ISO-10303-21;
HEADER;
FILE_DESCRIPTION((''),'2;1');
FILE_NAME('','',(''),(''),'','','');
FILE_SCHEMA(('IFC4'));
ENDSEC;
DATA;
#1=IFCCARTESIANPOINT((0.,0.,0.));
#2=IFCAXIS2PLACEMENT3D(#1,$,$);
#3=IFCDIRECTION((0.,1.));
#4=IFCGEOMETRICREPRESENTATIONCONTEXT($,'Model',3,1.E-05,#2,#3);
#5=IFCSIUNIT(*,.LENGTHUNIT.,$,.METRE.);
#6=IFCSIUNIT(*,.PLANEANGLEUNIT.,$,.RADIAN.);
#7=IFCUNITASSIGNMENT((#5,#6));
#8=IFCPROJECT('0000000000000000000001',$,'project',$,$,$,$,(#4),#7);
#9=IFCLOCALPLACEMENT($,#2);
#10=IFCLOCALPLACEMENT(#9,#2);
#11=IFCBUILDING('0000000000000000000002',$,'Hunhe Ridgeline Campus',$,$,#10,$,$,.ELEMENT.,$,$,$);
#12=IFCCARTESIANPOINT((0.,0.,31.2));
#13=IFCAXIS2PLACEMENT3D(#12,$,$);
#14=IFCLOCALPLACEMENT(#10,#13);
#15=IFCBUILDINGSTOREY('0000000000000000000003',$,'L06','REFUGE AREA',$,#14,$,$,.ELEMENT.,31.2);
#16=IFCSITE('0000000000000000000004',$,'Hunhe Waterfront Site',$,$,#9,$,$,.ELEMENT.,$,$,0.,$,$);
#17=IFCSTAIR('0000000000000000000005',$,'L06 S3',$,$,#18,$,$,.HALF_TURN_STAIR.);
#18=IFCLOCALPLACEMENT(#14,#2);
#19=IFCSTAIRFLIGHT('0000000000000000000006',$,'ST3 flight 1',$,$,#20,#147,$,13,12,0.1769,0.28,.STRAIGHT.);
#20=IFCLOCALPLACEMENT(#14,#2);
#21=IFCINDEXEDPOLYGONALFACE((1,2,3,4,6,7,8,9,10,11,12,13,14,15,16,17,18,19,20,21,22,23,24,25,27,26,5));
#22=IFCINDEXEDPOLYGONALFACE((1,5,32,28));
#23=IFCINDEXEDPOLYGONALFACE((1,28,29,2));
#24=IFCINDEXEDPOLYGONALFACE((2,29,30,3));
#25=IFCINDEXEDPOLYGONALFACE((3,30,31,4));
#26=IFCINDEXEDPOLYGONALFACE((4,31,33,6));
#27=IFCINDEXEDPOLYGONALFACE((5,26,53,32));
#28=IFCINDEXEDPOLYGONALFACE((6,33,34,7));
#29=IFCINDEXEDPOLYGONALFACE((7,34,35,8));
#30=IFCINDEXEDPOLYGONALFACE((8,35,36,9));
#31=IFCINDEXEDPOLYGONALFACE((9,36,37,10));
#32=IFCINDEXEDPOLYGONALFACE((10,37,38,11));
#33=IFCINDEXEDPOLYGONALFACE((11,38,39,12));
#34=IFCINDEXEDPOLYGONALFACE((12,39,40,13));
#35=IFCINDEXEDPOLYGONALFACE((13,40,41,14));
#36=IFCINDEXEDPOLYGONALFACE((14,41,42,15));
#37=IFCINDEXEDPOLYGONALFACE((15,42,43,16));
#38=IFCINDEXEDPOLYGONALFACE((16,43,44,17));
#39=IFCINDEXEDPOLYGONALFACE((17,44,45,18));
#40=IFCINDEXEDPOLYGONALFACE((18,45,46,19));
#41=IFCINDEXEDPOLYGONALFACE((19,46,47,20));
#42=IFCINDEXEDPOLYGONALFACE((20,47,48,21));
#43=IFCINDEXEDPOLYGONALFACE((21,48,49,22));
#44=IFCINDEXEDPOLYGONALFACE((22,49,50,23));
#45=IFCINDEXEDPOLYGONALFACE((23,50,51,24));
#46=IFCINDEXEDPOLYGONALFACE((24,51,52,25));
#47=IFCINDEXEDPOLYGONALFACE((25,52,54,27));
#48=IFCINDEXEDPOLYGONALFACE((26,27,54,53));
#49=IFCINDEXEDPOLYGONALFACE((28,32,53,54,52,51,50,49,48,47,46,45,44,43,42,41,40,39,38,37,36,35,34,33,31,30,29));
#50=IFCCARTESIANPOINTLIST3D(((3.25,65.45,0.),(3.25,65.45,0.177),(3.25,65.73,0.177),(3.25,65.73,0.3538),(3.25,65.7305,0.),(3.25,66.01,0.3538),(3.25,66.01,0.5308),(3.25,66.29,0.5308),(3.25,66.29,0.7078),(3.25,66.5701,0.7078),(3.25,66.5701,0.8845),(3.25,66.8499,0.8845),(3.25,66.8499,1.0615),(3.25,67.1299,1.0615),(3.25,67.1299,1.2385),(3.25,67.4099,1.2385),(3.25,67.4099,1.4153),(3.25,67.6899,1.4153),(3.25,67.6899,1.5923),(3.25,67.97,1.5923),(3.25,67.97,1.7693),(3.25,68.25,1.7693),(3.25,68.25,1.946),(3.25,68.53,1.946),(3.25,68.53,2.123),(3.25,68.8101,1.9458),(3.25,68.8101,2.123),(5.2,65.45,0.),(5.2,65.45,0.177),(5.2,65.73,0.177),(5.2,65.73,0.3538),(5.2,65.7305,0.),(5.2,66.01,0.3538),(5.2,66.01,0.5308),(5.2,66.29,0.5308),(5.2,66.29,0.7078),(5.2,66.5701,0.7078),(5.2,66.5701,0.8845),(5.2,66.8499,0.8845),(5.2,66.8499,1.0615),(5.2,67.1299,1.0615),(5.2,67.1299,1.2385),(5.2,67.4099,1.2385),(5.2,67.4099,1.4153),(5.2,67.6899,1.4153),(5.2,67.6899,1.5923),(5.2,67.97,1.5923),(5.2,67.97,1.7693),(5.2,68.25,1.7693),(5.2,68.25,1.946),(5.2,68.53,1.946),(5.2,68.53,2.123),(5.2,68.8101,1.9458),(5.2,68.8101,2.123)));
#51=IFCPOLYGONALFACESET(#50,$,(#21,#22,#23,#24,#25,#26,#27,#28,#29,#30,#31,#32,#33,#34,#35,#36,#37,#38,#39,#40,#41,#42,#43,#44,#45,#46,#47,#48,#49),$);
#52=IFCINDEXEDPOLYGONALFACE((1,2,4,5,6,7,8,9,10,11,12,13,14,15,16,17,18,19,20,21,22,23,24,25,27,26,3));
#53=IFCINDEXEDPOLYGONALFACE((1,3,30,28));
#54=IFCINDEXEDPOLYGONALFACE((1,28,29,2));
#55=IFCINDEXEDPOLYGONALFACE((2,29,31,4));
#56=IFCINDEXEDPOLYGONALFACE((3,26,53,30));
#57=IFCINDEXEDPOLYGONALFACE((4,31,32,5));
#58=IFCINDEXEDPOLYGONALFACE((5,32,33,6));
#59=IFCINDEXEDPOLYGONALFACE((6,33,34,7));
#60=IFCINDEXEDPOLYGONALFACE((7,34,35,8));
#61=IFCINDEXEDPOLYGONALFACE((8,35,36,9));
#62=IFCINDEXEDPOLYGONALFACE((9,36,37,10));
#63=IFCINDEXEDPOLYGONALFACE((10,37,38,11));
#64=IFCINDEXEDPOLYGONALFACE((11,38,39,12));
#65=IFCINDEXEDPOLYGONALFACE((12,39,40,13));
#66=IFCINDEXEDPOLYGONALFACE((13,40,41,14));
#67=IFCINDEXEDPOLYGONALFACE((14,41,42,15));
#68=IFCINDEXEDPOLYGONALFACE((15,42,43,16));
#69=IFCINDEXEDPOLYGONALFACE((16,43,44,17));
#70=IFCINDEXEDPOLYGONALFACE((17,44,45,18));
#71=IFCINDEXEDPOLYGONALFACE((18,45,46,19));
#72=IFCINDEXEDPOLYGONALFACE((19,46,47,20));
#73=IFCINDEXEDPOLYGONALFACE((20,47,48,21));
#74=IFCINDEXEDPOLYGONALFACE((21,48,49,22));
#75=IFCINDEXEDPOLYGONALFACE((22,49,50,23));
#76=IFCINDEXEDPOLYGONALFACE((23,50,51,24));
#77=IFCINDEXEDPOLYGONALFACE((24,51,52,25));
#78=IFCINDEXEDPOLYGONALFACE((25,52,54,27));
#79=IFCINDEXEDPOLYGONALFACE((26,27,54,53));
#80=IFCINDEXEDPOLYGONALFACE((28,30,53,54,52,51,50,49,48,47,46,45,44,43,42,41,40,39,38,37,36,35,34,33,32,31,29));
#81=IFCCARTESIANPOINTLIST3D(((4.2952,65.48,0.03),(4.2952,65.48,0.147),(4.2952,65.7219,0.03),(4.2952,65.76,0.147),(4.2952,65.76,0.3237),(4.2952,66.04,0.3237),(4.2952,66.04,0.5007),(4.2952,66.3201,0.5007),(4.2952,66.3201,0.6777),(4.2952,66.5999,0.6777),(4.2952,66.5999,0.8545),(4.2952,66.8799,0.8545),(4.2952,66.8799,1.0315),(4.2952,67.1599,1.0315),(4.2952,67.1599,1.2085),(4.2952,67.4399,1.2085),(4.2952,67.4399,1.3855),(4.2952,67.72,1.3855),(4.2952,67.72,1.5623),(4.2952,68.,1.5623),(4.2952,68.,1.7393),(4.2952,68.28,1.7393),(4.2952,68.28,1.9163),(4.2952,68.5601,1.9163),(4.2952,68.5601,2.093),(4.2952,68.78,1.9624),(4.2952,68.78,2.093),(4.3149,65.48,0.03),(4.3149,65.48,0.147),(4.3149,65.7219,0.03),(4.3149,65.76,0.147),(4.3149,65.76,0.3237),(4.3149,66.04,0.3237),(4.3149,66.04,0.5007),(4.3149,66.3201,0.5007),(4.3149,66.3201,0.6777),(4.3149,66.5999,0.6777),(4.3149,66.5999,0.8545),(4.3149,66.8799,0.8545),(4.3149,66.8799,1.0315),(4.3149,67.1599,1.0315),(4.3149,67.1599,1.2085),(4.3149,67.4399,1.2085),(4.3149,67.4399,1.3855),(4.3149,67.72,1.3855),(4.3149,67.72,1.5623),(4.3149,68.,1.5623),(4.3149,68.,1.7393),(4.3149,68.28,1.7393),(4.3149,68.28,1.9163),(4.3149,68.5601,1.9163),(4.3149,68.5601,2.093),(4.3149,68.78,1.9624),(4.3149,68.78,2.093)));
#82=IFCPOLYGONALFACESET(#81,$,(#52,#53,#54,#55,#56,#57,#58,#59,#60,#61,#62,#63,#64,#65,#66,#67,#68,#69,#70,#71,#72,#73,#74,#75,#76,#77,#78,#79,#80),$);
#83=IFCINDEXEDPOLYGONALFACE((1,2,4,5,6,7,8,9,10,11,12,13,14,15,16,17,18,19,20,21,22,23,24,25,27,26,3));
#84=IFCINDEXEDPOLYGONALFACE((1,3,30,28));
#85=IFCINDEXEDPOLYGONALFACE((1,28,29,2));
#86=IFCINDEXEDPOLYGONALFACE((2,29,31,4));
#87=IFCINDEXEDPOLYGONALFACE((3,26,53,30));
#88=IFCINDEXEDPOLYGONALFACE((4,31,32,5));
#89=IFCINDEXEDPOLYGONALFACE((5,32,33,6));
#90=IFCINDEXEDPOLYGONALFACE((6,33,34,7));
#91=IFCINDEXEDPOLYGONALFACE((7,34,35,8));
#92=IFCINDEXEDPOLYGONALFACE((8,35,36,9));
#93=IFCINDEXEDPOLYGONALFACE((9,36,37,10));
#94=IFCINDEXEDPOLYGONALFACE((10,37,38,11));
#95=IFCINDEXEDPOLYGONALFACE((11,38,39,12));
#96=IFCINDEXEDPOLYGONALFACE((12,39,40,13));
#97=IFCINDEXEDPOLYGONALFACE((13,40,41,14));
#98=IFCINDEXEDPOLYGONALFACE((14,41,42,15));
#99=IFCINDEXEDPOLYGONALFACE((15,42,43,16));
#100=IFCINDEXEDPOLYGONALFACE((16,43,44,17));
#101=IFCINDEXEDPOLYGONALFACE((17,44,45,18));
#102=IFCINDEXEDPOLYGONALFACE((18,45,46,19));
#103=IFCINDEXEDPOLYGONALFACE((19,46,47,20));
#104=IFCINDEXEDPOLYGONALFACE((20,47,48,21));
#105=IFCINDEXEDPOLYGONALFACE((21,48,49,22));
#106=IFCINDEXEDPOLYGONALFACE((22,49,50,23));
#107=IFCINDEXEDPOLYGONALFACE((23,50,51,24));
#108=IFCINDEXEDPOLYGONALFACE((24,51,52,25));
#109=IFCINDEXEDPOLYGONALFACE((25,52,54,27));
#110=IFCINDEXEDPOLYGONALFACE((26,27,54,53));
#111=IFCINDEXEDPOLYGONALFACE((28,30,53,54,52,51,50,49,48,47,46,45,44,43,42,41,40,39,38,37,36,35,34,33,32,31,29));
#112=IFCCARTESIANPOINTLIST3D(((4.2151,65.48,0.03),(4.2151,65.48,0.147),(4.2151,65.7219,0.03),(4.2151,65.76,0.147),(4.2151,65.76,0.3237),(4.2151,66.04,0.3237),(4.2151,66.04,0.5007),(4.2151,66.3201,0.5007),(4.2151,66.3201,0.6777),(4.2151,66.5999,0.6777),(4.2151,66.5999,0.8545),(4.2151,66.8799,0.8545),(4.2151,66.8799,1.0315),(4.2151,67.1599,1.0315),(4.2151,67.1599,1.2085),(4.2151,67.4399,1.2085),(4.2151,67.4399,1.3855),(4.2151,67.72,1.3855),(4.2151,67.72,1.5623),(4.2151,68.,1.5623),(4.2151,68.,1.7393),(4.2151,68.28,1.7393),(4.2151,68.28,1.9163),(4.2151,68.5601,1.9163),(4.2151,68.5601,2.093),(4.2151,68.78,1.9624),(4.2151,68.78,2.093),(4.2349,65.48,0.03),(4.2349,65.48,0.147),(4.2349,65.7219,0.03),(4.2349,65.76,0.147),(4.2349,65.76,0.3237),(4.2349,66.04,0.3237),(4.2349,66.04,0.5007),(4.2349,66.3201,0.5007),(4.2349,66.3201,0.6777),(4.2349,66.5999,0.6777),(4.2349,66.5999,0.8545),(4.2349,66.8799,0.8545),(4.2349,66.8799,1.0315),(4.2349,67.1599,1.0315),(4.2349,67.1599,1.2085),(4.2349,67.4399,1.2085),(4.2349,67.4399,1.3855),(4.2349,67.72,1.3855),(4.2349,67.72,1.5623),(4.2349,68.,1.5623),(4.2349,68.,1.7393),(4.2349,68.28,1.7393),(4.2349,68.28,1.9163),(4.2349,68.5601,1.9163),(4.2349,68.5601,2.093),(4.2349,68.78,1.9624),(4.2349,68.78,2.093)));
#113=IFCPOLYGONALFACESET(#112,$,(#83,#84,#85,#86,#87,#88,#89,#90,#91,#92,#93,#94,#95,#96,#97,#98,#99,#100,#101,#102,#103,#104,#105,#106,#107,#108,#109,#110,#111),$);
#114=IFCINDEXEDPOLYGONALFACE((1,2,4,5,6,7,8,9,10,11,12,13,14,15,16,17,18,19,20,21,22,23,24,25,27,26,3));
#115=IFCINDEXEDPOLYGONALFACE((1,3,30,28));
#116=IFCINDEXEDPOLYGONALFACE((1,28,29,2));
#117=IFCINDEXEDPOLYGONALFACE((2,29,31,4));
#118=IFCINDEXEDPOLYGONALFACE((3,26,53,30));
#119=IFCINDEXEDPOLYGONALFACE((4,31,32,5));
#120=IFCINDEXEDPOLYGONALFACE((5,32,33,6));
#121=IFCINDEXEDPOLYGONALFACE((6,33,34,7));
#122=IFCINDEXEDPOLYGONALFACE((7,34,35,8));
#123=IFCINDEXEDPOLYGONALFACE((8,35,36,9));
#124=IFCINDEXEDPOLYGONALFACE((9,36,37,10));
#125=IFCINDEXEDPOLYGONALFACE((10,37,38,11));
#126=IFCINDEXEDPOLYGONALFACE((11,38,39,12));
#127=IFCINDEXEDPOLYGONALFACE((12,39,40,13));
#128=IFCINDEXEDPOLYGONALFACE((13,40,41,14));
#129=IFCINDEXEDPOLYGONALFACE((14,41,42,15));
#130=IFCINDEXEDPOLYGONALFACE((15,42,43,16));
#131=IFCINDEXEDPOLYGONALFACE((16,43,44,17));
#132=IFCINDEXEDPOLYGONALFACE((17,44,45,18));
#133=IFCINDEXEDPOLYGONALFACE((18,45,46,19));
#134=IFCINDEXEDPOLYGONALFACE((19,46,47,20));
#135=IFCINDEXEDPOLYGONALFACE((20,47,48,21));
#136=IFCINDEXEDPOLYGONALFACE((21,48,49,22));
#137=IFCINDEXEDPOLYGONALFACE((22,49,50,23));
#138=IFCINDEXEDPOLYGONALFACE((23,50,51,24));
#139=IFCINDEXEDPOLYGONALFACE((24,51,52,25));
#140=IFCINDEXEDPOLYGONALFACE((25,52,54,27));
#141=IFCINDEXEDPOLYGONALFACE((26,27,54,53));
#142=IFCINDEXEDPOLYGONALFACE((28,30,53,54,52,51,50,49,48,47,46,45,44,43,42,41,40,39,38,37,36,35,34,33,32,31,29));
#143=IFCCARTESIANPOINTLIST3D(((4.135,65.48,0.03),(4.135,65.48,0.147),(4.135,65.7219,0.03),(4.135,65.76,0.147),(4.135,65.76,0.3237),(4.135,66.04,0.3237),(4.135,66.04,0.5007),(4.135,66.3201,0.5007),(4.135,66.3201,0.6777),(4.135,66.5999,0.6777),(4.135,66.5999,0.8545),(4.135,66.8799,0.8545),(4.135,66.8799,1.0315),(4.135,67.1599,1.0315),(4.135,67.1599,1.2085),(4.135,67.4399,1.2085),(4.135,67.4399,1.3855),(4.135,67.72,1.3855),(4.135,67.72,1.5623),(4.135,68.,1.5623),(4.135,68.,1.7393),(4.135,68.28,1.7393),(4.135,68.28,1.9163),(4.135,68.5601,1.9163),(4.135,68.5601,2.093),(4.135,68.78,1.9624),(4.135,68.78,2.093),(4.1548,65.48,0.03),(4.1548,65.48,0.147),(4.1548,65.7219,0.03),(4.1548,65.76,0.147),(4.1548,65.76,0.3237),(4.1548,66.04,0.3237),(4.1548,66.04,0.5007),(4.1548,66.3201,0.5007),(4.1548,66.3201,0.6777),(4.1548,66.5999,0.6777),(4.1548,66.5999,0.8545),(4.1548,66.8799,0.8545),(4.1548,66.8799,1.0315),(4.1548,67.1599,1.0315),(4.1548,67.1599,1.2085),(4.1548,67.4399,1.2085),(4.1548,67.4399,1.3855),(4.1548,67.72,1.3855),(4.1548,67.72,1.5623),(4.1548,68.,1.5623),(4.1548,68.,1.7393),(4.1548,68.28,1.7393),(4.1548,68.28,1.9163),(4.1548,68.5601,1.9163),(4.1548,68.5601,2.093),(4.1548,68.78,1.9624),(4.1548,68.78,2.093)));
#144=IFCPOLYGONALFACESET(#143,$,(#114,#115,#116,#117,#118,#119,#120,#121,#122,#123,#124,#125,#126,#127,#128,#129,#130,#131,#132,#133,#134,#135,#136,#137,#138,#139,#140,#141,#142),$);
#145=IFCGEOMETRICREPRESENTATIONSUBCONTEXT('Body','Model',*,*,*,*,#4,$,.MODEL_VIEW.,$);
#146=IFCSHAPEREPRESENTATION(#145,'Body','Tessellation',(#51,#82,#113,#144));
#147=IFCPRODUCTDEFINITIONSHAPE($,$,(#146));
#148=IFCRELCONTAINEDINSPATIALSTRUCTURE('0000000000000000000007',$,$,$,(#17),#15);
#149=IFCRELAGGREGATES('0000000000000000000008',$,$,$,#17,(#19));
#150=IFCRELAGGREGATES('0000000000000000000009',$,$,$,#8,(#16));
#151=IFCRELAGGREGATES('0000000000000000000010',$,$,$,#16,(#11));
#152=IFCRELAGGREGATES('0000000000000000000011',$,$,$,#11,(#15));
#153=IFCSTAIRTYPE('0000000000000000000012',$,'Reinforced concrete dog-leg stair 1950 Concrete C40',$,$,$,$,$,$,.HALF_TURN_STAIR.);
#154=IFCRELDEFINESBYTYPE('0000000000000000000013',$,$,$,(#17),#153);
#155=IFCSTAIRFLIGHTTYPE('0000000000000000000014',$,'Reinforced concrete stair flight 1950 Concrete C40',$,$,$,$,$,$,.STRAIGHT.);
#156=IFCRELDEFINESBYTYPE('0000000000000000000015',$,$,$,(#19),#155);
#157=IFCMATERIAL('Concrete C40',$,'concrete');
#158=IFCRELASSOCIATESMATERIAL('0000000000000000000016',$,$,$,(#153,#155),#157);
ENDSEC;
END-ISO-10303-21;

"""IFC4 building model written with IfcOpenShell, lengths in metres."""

from ifc_helpers import new_model, si_unit, direction, frame, origin, place, context, subcontext, project, spatial, polyline, outline, extrude, material, type_object, element, aggregate, save


model = new_model("IFC4")

# Units and contexts
model_context = context("Model", 3, precision=1e-05, world=origin(), true_north=direction((0.0, 1.0)))
body_context = subcontext(model_context, "Body", "Model", "MODEL_VIEW")
ifc_project = project(units=[si_unit("LENGTHUNIT", "METRE"), si_unit("PLANEANGLEUNIT", "RADIAN")], contexts=[model_context])

# Site, building, storey
site_placement = place(None, origin())
site = spatial("IfcSite", under=ifc_project, at=site_placement, Name="Hunhe Waterfront Site", CompositionType="ELEMENT", RefElevation=0.0)
building_placement = place(site_placement, origin())
building = spatial("IfcBuilding", under=site, at=building_placement, Name="Hunhe Ridgeline Campus", CompositionType="ELEMENT")
storey_placement = place(building_placement, frame((0.0, 0.0, 31.2)))
storey = spatial("IfcBuildingStorey", under=building, at=storey_placement, Name="L06", Description="REFUGE AREA", CompositionType="ELEMENT", Elevation=31.2)

# Stair, stair flight
ifc_material_1 = material(Name="Concrete C40", Category="concrete")
stair_type = type_object("IfcStairType", Name="Reinforced concrete dog-leg stair 1950 Concrete C40", PredefinedType="HALF_TURN_STAIR", material=ifc_material_1)
stair_1_placement = place(storey_placement, origin())
stair_1 = element("IfcStair", 1, at=stair_1_placement, inside=storey, type_object=stair_type, Name="L06 S3", PredefinedType="HALF_TURN_STAIR")
stair_flight_type = type_object("IfcStairFlightType", Name="Reinforced concrete stair flight 1950 Concrete C40", PredefinedType="STRAIGHT", material=ifc_material_1)
stair_flight_1_placement = place(storey_placement, frame((4.2251, 65.45, 0.0), z_axis=(0.0, 0.0, 1.0), x_axis=(0.0, 1.0, 0.0)))
stair_flight_1 = element("IfcStairFlight", 2, at=stair_flight_1_placement, type_object=stair_flight_type, Name="ST3 flight 1", NumberOfRisers=13, NumberOfTreads=12, PredefinedType="STRAIGHT", RiserHeight=0.1769, TreadLength=0.28, context=body_context, shape_type="SweptSolid", body=[
    extrude(outline(polyline([(0.0, 0.0), (0.0, 0.177), (0.28, 0.177), (0.28, 0.3538), (0.5601, 0.3538), (0.5601, 0.5308), (0.8401, 0.5308), (0.8401, 0.7078), (1.1201, 0.7078), (1.1201, 0.8845), (1.3999, 0.8845), (1.3999, 1.0615), (1.6799, 1.0615), (1.6799, 1.2385), (1.96, 1.2385), (1.96, 1.4153), (2.24, 1.4153), (2.24, 1.5923), (2.52, 1.5923), (2.52, 1.7693), (2.8, 1.7693), (2.8, 1.946), (3.0801, 1.946), (3.0801, 2.123), (3.3601, 2.123), (3.3601, 2.3), (3.3601, 1.9458), (0.2805, 0.0), (0.0, 0.0)])), frame((0.0, 0.9751, 0.0), z_axis=(0.0, -1.0, 0.0), x_axis=(1.0, 0.0, 0.0)), (0.0, 0.0, 1.0), 1.95),
    extrude(outline(polyline([(0.03, 0.03), (0.03, 0.147), (0.3101, 0.147), (0.3101, 0.3237), (0.5901, 0.3237), (0.5901, 0.5007), (0.8701, 0.5007), (0.8701, 0.6777), (1.1499, 0.6777), (1.1499, 0.8545), (1.4299, 0.8545), (1.4299, 1.0315), (1.71, 1.0315), (1.71, 1.2085), (1.99, 1.2085), (1.99, 1.3855), (2.27, 1.3855), (2.27, 1.5623), (2.55, 1.5623), (2.55, 1.7393), (2.8301, 1.7393), (2.8301, 1.9163), (3.1101, 1.9163), (3.1101, 2.093), (3.3301, 2.093), (3.3301, 1.9624), (0.272, 0.03), (0.03, 0.03)])), frame((0.0, -0.0701, 0.0), z_axis=(0.0, -1.0, 0.0), x_axis=(1.0, 0.0, 0.0)), (0.0, 0.0, 1.0), 0.0198),
    extrude(outline(polyline([(0.03, 0.03), (0.03, 0.147), (0.3101, 0.147), (0.3101, 0.3237), (0.5901, 0.3237), (0.5901, 0.5007), (0.8701, 0.5007), (0.8701, 0.6777), (1.1499, 0.6777), (1.1499, 0.8545), (1.4299, 0.8545), (1.4299, 1.0315), (1.71, 1.0315), (1.71, 1.2085), (1.99, 1.2085), (1.99, 1.3855), (2.27, 1.3855), (2.27, 1.5623), (2.55, 1.5623), (2.55, 1.7393), (2.8301, 1.7393), (2.8301, 1.9163), (3.1101, 1.9163), (3.1101, 2.093), (3.3301, 2.093), (3.3301, 1.9624), (0.272, 0.03), (0.03, 0.03)])), frame((0.0, 0.01, 0.0), z_axis=(0.0, -1.0, 0.0), x_axis=(1.0, 0.0, 0.0)), (0.0, 0.0, 1.0), 0.0198),
    extrude(outline(polyline([(0.03, 0.03), (0.03, 0.147), (0.3101, 0.147), (0.3101, 0.3237), (0.5901, 0.3237), (0.5901, 0.5007), (0.8701, 0.5007), (0.8701, 0.6777), (1.1499, 0.6777), (1.1499, 0.8545), (1.4299, 0.8545), (1.4299, 1.0315), (1.71, 1.0315), (1.71, 1.2085), (1.99, 1.2085), (1.99, 1.3855), (2.27, 1.3855), (2.27, 1.5623), (2.55, 1.5623), (2.55, 1.7393), (2.8301, 1.7393), (2.8301, 1.9163), (3.1101, 1.9163), (3.1101, 2.093), (3.3301, 2.093), (3.3301, 1.9624), (0.272, 0.03), (0.03, 0.03)])), frame((0.0, 0.0901, 0.0), z_axis=(0.0, -1.0, 0.0), x_axis=(1.0, 0.0, 0.0)), (0.0, 0.0, 1.0), 0.0198),
])
aggregate(stair_1, [stair_flight_1])

save(model, "model.ifc")
